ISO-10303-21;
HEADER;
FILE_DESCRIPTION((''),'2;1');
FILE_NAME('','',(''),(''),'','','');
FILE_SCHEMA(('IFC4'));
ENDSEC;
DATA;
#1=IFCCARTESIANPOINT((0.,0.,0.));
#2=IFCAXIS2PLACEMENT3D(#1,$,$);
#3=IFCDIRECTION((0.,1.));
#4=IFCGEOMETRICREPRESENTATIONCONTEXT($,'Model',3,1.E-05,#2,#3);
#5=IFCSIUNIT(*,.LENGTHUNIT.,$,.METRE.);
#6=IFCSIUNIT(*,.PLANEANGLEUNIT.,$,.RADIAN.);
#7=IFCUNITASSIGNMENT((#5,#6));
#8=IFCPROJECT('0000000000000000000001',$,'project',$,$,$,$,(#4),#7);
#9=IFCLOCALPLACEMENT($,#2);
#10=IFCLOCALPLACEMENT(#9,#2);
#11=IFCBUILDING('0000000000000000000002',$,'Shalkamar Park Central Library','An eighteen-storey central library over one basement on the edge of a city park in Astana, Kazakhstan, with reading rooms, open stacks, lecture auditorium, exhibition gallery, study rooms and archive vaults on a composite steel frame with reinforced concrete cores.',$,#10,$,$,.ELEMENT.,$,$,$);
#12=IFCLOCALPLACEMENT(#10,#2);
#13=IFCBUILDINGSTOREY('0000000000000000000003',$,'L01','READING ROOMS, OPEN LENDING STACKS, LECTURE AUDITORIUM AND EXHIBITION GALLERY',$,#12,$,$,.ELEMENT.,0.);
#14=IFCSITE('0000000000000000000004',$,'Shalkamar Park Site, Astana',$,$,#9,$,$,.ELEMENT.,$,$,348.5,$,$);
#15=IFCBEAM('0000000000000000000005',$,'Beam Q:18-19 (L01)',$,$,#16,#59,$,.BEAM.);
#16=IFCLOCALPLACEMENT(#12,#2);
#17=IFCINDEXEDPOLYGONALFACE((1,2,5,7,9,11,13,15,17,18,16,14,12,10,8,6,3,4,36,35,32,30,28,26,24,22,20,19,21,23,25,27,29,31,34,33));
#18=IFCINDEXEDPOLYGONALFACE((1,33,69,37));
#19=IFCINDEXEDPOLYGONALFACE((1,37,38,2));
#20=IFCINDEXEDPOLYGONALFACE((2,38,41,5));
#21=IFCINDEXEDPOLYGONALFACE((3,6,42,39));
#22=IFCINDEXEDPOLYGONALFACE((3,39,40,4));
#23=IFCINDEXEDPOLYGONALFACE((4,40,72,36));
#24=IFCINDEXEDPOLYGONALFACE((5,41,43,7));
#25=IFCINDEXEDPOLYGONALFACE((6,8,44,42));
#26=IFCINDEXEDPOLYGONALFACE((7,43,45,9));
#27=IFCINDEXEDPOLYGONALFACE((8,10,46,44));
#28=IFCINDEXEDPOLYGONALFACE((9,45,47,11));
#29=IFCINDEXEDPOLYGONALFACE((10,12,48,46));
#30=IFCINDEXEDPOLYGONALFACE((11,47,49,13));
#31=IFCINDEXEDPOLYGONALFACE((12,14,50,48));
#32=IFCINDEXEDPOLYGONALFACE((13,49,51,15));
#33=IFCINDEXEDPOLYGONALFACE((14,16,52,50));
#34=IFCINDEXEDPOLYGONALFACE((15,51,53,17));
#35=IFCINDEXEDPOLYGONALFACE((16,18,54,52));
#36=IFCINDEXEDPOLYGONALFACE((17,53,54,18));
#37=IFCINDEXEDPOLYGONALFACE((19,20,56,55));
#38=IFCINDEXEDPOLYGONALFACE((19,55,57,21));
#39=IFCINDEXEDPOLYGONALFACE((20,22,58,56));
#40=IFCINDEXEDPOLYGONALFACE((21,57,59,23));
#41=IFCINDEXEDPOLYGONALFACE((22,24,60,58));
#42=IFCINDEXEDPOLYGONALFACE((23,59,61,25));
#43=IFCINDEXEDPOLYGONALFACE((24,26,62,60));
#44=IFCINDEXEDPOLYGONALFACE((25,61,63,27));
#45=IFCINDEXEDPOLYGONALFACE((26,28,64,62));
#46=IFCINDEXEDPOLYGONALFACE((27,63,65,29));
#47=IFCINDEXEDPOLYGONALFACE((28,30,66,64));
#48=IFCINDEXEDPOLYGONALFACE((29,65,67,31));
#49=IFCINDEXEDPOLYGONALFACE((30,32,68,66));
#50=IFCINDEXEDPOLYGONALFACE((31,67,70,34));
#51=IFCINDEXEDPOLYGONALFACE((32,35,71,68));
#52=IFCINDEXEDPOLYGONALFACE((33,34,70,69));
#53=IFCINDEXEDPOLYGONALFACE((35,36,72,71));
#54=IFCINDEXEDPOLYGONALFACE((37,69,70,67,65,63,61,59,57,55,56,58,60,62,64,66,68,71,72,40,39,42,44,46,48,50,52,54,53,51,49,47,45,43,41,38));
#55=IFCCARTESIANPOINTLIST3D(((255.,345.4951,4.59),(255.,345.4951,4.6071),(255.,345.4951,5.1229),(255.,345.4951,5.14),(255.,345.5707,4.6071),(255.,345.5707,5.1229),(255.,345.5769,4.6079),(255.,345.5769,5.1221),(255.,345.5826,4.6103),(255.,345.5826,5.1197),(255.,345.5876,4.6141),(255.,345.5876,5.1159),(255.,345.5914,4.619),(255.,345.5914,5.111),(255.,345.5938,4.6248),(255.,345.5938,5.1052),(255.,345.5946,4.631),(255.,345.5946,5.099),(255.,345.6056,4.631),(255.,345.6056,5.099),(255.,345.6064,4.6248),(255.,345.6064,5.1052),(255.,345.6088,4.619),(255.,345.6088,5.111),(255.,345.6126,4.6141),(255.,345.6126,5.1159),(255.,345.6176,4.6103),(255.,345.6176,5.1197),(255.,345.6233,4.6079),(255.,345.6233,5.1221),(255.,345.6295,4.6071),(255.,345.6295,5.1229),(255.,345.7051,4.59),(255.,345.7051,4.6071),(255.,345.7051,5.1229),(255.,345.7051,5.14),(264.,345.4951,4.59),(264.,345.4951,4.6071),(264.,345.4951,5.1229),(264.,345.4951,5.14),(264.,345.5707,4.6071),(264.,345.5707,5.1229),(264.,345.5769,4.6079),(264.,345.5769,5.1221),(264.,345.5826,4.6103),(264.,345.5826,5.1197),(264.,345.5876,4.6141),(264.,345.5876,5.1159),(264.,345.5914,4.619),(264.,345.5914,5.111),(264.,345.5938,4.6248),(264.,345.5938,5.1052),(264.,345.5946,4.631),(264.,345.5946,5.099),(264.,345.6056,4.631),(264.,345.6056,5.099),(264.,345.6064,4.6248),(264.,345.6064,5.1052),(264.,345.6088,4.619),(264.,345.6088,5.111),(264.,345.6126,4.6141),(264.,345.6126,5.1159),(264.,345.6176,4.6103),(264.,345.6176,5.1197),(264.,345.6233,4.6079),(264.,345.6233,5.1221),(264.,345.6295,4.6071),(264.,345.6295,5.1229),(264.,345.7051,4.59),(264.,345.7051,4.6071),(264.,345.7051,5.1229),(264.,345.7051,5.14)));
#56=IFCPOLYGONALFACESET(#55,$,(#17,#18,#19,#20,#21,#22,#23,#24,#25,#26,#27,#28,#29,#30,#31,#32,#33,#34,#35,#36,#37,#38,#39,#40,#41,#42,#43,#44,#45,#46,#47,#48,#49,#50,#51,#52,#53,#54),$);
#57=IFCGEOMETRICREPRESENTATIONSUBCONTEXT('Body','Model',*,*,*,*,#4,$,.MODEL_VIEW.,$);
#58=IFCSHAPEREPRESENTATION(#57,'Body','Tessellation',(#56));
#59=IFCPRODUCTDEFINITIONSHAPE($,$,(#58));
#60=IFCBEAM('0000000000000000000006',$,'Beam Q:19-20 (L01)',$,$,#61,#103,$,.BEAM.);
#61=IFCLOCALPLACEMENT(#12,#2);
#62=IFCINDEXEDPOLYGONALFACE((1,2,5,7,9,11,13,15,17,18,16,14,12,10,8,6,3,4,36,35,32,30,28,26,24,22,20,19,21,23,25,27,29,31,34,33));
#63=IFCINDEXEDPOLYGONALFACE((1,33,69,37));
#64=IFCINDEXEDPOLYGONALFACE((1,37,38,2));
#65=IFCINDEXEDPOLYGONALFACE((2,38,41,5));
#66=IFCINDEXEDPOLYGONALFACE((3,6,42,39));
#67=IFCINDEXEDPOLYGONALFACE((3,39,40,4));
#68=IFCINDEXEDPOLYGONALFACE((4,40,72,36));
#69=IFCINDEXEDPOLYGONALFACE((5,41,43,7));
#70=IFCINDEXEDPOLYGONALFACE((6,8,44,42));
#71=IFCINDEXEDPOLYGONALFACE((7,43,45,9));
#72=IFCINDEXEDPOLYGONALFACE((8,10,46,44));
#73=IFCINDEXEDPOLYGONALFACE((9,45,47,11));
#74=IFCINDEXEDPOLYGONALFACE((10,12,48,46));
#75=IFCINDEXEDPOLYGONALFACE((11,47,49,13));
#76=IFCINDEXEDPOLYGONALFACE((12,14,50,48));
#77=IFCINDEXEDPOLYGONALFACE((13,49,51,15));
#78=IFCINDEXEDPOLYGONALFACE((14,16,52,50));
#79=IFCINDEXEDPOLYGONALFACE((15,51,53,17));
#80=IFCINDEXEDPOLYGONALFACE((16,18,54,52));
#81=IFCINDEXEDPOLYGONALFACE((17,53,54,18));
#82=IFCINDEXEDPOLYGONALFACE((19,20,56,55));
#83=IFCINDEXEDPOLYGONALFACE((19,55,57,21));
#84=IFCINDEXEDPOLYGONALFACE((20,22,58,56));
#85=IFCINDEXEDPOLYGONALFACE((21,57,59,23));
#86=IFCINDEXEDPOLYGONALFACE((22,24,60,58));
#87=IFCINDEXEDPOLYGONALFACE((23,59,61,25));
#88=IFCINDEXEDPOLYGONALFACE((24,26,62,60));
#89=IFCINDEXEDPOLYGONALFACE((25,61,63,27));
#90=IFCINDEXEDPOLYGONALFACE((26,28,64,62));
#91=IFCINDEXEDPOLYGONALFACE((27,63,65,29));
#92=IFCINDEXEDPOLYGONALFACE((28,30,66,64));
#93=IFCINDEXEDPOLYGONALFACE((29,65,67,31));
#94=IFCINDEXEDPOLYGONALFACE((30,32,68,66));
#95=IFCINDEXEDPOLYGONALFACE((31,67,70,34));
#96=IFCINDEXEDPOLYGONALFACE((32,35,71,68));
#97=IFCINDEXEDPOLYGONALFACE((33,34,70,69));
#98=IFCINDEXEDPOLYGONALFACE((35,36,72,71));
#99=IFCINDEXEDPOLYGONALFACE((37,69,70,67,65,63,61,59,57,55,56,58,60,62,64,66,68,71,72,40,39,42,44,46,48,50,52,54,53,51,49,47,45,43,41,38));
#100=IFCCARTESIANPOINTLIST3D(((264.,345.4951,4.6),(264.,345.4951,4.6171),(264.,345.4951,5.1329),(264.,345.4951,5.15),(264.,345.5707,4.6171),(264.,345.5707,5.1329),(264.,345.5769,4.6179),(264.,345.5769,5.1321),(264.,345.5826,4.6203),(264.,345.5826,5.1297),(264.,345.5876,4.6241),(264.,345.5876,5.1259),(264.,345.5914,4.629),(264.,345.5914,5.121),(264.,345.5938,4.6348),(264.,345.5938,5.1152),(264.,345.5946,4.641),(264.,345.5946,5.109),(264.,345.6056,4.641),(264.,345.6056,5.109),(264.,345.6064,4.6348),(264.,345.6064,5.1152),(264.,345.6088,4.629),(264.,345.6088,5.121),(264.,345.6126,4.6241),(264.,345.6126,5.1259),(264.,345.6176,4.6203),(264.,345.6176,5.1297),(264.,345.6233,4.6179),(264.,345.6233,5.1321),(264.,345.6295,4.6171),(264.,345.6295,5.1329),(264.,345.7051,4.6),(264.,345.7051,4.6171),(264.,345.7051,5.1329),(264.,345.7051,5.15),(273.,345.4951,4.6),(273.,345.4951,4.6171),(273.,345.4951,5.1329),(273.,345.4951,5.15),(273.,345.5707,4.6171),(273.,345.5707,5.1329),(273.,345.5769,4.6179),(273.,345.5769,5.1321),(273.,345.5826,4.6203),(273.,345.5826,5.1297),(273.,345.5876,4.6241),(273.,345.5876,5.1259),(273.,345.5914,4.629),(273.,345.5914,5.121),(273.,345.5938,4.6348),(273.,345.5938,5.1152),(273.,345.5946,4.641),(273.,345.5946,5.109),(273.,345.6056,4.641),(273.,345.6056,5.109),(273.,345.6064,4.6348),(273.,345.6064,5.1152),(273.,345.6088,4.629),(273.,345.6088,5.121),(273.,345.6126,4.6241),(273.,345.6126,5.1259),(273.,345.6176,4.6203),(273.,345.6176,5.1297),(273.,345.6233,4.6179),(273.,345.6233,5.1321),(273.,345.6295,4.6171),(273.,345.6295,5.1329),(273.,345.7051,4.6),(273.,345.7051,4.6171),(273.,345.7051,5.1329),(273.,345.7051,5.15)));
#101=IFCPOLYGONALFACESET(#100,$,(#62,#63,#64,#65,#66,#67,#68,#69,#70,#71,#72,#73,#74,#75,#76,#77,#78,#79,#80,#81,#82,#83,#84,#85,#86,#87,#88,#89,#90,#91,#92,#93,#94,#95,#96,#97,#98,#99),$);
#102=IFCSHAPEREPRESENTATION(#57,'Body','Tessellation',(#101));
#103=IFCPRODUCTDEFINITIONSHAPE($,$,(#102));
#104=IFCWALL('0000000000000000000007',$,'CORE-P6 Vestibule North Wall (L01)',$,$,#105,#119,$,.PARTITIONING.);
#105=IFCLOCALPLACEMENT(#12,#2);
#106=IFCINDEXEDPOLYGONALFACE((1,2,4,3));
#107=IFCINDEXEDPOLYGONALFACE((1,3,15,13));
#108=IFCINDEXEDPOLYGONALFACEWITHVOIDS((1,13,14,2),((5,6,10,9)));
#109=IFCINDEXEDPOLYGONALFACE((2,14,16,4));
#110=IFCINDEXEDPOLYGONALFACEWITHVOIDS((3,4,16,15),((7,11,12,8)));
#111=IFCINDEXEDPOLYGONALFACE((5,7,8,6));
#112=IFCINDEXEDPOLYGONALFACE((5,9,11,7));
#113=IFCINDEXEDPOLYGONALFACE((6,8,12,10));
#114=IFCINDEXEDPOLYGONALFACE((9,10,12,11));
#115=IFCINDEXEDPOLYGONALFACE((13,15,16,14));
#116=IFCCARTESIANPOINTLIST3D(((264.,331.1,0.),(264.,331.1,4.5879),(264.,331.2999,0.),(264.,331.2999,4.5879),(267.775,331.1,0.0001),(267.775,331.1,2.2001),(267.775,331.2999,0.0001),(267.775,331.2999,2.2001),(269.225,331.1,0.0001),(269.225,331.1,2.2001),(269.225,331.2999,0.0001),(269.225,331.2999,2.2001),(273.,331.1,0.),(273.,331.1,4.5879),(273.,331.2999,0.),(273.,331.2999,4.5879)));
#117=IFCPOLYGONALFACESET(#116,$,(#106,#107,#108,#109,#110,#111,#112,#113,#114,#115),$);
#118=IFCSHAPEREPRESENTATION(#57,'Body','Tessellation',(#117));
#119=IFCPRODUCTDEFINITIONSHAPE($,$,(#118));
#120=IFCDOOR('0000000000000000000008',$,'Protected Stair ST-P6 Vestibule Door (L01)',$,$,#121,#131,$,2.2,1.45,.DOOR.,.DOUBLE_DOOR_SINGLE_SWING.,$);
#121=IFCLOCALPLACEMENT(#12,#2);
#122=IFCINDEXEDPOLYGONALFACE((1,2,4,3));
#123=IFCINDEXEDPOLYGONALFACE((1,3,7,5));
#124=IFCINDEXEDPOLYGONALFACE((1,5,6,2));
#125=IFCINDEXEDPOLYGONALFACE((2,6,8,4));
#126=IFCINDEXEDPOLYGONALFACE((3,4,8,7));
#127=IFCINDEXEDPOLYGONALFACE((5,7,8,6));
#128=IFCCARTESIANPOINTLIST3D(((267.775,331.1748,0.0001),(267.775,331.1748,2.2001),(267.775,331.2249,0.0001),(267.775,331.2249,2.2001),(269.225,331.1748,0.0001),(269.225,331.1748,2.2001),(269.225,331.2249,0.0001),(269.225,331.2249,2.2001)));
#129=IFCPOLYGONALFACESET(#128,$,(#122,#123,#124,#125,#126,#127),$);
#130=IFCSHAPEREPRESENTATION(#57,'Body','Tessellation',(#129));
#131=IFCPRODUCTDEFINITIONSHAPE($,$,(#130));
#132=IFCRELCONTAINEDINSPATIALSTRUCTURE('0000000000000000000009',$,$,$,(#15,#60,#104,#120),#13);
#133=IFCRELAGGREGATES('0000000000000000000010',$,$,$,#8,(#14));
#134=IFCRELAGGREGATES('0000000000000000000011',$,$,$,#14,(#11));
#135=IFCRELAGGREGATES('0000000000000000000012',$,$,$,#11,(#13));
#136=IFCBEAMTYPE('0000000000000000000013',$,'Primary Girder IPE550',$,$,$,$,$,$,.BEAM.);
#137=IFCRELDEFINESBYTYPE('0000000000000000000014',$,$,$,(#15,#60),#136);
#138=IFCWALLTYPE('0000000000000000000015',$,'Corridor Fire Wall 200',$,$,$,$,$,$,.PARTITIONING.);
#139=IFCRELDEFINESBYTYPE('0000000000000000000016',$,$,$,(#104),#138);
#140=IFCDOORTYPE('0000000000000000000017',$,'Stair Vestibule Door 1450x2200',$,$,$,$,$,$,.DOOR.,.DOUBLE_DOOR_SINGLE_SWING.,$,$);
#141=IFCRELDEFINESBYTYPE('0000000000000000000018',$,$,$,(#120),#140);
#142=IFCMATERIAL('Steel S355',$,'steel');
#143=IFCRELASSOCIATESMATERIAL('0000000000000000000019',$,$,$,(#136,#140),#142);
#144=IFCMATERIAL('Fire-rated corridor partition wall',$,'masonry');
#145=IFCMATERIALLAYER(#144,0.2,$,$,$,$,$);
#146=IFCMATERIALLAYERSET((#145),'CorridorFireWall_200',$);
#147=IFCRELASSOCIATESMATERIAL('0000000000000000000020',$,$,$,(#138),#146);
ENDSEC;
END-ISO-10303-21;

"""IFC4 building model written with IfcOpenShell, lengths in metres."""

from ifc_helpers import new_model, si_unit, direction, frame, frame_2d, origin, origin_2d, place, context, subcontext, project, spatial, rectangle, i_section, extrude, material, layer, layer_set, material_profile, profile_set, type_object, element, fill, save


model = new_model("IFC4")

# Units and contexts
model_context = context("Model", 3, precision=1e-05, world=origin(), true_north=direction((0.0, 1.0)))
body_context = subcontext(model_context, "Body", "Model", "MODEL_VIEW")
ifc_project = project(units=[si_unit("LENGTHUNIT", "METRE"), si_unit("PLANEANGLEUNIT", "RADIAN")], contexts=[model_context])

# Site, building, storey
site_placement = place(None, origin())
site = spatial("IfcSite", under=ifc_project, at=site_placement, Name="Shalkamar Park Site, Astana", CompositionType="ELEMENT", RefElevation=348.5)
building_placement = place(site_placement, origin())
building = spatial("IfcBuilding", under=site, at=building_placement, Name="Shalkamar Park Central Library", Description="An eighteen-storey central library over one basement on the edge of a city park in Astana, Kazakhstan, with reading rooms, open stacks, lecture auditorium, exhibition gallery, study rooms and archive vaults on a composite steel frame with reinforced concrete cores.", CompositionType="ELEMENT")
storey_placement = place(building_placement, origin())
storey = spatial("IfcBuildingStorey", under=building, at=storey_placement, Name="L01", Description="READING ROOMS, OPEN LENDING STACKS, LECTURE AUDITORIUM AND EXHIBITION GALLERY", CompositionType="ELEMENT", Elevation=0.0)

# Shared definitions
ifc_material_1 = material(Name="Steel S355", Category="steel")

# Beams
ifc_material_profile_1 = material_profile(ifc_material_1, i_section(OverallWidth=0.21, OverallDepth=0.55, WebThickness=0.011, FlangeThickness=0.0171, FilletRadius=0.0239, at=origin_2d()), Name="IPE 550")
ifc_profile_set_1 = profile_set([ifc_material_profile_1], Name="Steel S355")
beam_type_1 = type_object("IfcBeamType", Name="Primary Girder IPE550", PredefinedType="BEAM", material=ifc_profile_set_1)
for number, where, z_axis, x_axis, name in (
    (1, (255.0, 345.6001, 4.865), (1.0, 0.0, 0.0), (0.0, 1.0, 0.0), "Beam Q:18-19 (L01)"),
    (2, (264.0, 345.6001, 4.875), (1.0, 0.0, 0.0), (0.0, 1.0, 0.0), "Beam Q:19-20 (L01)"),
):
    element("IfcBeam", number, at=place(storey_placement, frame(where, z_axis=z_axis, x_axis=x_axis)), inside=storey, type_object=beam_type_1, Name=name, PredefinedType="BEAM", context=body_context, shape_type="SweptSolid", body=[
        extrude(i_section(OverallWidth=0.21, OverallDepth=0.55, WebThickness=0.011, FlangeThickness=0.0171, FilletRadius=0.0239, at=origin_2d()), origin(), (0.0, 0.0, 1.0), 9.0),
    ])

# Wall, opening, door
ifc_material_2 = material(Name="Fire-rated corridor partition wall", Category="masonry")
ifc_layer = layer(ifc_material_2, 0.2)
ifc_layer_set = layer_set([ifc_layer], Name="CorridorFireWall_200")
wall_type = type_object("IfcWallType", Name="Corridor Fire Wall 200", PredefinedType="PARTITIONING", material=ifc_layer_set)
wall_placement = place(storey_placement, frame((264.0, 331.2, 0.0), z_axis=(0.0, 0.0, 1.0), x_axis=(1.0, 0.0, 0.0)))
wall = element("IfcWall", 3, at=wall_placement, inside=storey, type_object=wall_type, Name="CORE-P6 Vestibule North Wall (L01)", PredefinedType="PARTITIONING", context=body_context, shape_type="SweptSolid", body=[
    extrude(rectangle(XDim=9.0, YDim=0.2, at=frame_2d((4.5, 0.0))), origin(), (0.0, 0.0, 1.0), 4.5879),
])
opening_placement = place(wall_placement, frame((3.7749, 0.0, 0.0)))
opening = element("IfcOpeningElement", 4, at=opening_placement, cuts=wall, PredefinedType="OPENING", context=body_context, shape_type="SweptSolid", body=[
    extrude(rectangle(XDim=1.45, YDim=2.2, at=frame_2d((0.7251, 1.1001))), frame((0.0, 0.1147, 0.0), z_axis=(0.0, -1.0, 0.0), x_axis=(1.0, 0.0, 0.0)), (0.0, 0.0, 1.0), 0.2297),
])
door_type = type_object("IfcDoorType", Name="Stair Vestibule Door 1450x2200", OperationType="DOUBLE_DOOR_SINGLE_SWING", PredefinedType="DOOR", material=ifc_material_1)
door_placement = place(opening_placement, origin())
door = element("IfcDoor", 5, at=door_placement, inside=storey, type_object=door_type, Name="Protected Stair ST-P6 Vestibule Door (L01)", OperationType="DOUBLE_DOOR_SINGLE_SWING", OverallHeight=2.2, OverallWidth=1.45, PredefinedType="DOOR", context=body_context, shape_type="SweptSolid", body=[
    extrude(rectangle(XDim=1.45, YDim=2.2, at=frame_2d((0.7251, 1.1001))), frame((0.0, 0.0249, 0.0), z_axis=(0.0, -1.0, 0.0), x_axis=(1.0, 0.0, 0.0)), (0.0, 0.0, 1.0), 0.05),
])
fill(opening, door)

save(model, "model.ifc")
